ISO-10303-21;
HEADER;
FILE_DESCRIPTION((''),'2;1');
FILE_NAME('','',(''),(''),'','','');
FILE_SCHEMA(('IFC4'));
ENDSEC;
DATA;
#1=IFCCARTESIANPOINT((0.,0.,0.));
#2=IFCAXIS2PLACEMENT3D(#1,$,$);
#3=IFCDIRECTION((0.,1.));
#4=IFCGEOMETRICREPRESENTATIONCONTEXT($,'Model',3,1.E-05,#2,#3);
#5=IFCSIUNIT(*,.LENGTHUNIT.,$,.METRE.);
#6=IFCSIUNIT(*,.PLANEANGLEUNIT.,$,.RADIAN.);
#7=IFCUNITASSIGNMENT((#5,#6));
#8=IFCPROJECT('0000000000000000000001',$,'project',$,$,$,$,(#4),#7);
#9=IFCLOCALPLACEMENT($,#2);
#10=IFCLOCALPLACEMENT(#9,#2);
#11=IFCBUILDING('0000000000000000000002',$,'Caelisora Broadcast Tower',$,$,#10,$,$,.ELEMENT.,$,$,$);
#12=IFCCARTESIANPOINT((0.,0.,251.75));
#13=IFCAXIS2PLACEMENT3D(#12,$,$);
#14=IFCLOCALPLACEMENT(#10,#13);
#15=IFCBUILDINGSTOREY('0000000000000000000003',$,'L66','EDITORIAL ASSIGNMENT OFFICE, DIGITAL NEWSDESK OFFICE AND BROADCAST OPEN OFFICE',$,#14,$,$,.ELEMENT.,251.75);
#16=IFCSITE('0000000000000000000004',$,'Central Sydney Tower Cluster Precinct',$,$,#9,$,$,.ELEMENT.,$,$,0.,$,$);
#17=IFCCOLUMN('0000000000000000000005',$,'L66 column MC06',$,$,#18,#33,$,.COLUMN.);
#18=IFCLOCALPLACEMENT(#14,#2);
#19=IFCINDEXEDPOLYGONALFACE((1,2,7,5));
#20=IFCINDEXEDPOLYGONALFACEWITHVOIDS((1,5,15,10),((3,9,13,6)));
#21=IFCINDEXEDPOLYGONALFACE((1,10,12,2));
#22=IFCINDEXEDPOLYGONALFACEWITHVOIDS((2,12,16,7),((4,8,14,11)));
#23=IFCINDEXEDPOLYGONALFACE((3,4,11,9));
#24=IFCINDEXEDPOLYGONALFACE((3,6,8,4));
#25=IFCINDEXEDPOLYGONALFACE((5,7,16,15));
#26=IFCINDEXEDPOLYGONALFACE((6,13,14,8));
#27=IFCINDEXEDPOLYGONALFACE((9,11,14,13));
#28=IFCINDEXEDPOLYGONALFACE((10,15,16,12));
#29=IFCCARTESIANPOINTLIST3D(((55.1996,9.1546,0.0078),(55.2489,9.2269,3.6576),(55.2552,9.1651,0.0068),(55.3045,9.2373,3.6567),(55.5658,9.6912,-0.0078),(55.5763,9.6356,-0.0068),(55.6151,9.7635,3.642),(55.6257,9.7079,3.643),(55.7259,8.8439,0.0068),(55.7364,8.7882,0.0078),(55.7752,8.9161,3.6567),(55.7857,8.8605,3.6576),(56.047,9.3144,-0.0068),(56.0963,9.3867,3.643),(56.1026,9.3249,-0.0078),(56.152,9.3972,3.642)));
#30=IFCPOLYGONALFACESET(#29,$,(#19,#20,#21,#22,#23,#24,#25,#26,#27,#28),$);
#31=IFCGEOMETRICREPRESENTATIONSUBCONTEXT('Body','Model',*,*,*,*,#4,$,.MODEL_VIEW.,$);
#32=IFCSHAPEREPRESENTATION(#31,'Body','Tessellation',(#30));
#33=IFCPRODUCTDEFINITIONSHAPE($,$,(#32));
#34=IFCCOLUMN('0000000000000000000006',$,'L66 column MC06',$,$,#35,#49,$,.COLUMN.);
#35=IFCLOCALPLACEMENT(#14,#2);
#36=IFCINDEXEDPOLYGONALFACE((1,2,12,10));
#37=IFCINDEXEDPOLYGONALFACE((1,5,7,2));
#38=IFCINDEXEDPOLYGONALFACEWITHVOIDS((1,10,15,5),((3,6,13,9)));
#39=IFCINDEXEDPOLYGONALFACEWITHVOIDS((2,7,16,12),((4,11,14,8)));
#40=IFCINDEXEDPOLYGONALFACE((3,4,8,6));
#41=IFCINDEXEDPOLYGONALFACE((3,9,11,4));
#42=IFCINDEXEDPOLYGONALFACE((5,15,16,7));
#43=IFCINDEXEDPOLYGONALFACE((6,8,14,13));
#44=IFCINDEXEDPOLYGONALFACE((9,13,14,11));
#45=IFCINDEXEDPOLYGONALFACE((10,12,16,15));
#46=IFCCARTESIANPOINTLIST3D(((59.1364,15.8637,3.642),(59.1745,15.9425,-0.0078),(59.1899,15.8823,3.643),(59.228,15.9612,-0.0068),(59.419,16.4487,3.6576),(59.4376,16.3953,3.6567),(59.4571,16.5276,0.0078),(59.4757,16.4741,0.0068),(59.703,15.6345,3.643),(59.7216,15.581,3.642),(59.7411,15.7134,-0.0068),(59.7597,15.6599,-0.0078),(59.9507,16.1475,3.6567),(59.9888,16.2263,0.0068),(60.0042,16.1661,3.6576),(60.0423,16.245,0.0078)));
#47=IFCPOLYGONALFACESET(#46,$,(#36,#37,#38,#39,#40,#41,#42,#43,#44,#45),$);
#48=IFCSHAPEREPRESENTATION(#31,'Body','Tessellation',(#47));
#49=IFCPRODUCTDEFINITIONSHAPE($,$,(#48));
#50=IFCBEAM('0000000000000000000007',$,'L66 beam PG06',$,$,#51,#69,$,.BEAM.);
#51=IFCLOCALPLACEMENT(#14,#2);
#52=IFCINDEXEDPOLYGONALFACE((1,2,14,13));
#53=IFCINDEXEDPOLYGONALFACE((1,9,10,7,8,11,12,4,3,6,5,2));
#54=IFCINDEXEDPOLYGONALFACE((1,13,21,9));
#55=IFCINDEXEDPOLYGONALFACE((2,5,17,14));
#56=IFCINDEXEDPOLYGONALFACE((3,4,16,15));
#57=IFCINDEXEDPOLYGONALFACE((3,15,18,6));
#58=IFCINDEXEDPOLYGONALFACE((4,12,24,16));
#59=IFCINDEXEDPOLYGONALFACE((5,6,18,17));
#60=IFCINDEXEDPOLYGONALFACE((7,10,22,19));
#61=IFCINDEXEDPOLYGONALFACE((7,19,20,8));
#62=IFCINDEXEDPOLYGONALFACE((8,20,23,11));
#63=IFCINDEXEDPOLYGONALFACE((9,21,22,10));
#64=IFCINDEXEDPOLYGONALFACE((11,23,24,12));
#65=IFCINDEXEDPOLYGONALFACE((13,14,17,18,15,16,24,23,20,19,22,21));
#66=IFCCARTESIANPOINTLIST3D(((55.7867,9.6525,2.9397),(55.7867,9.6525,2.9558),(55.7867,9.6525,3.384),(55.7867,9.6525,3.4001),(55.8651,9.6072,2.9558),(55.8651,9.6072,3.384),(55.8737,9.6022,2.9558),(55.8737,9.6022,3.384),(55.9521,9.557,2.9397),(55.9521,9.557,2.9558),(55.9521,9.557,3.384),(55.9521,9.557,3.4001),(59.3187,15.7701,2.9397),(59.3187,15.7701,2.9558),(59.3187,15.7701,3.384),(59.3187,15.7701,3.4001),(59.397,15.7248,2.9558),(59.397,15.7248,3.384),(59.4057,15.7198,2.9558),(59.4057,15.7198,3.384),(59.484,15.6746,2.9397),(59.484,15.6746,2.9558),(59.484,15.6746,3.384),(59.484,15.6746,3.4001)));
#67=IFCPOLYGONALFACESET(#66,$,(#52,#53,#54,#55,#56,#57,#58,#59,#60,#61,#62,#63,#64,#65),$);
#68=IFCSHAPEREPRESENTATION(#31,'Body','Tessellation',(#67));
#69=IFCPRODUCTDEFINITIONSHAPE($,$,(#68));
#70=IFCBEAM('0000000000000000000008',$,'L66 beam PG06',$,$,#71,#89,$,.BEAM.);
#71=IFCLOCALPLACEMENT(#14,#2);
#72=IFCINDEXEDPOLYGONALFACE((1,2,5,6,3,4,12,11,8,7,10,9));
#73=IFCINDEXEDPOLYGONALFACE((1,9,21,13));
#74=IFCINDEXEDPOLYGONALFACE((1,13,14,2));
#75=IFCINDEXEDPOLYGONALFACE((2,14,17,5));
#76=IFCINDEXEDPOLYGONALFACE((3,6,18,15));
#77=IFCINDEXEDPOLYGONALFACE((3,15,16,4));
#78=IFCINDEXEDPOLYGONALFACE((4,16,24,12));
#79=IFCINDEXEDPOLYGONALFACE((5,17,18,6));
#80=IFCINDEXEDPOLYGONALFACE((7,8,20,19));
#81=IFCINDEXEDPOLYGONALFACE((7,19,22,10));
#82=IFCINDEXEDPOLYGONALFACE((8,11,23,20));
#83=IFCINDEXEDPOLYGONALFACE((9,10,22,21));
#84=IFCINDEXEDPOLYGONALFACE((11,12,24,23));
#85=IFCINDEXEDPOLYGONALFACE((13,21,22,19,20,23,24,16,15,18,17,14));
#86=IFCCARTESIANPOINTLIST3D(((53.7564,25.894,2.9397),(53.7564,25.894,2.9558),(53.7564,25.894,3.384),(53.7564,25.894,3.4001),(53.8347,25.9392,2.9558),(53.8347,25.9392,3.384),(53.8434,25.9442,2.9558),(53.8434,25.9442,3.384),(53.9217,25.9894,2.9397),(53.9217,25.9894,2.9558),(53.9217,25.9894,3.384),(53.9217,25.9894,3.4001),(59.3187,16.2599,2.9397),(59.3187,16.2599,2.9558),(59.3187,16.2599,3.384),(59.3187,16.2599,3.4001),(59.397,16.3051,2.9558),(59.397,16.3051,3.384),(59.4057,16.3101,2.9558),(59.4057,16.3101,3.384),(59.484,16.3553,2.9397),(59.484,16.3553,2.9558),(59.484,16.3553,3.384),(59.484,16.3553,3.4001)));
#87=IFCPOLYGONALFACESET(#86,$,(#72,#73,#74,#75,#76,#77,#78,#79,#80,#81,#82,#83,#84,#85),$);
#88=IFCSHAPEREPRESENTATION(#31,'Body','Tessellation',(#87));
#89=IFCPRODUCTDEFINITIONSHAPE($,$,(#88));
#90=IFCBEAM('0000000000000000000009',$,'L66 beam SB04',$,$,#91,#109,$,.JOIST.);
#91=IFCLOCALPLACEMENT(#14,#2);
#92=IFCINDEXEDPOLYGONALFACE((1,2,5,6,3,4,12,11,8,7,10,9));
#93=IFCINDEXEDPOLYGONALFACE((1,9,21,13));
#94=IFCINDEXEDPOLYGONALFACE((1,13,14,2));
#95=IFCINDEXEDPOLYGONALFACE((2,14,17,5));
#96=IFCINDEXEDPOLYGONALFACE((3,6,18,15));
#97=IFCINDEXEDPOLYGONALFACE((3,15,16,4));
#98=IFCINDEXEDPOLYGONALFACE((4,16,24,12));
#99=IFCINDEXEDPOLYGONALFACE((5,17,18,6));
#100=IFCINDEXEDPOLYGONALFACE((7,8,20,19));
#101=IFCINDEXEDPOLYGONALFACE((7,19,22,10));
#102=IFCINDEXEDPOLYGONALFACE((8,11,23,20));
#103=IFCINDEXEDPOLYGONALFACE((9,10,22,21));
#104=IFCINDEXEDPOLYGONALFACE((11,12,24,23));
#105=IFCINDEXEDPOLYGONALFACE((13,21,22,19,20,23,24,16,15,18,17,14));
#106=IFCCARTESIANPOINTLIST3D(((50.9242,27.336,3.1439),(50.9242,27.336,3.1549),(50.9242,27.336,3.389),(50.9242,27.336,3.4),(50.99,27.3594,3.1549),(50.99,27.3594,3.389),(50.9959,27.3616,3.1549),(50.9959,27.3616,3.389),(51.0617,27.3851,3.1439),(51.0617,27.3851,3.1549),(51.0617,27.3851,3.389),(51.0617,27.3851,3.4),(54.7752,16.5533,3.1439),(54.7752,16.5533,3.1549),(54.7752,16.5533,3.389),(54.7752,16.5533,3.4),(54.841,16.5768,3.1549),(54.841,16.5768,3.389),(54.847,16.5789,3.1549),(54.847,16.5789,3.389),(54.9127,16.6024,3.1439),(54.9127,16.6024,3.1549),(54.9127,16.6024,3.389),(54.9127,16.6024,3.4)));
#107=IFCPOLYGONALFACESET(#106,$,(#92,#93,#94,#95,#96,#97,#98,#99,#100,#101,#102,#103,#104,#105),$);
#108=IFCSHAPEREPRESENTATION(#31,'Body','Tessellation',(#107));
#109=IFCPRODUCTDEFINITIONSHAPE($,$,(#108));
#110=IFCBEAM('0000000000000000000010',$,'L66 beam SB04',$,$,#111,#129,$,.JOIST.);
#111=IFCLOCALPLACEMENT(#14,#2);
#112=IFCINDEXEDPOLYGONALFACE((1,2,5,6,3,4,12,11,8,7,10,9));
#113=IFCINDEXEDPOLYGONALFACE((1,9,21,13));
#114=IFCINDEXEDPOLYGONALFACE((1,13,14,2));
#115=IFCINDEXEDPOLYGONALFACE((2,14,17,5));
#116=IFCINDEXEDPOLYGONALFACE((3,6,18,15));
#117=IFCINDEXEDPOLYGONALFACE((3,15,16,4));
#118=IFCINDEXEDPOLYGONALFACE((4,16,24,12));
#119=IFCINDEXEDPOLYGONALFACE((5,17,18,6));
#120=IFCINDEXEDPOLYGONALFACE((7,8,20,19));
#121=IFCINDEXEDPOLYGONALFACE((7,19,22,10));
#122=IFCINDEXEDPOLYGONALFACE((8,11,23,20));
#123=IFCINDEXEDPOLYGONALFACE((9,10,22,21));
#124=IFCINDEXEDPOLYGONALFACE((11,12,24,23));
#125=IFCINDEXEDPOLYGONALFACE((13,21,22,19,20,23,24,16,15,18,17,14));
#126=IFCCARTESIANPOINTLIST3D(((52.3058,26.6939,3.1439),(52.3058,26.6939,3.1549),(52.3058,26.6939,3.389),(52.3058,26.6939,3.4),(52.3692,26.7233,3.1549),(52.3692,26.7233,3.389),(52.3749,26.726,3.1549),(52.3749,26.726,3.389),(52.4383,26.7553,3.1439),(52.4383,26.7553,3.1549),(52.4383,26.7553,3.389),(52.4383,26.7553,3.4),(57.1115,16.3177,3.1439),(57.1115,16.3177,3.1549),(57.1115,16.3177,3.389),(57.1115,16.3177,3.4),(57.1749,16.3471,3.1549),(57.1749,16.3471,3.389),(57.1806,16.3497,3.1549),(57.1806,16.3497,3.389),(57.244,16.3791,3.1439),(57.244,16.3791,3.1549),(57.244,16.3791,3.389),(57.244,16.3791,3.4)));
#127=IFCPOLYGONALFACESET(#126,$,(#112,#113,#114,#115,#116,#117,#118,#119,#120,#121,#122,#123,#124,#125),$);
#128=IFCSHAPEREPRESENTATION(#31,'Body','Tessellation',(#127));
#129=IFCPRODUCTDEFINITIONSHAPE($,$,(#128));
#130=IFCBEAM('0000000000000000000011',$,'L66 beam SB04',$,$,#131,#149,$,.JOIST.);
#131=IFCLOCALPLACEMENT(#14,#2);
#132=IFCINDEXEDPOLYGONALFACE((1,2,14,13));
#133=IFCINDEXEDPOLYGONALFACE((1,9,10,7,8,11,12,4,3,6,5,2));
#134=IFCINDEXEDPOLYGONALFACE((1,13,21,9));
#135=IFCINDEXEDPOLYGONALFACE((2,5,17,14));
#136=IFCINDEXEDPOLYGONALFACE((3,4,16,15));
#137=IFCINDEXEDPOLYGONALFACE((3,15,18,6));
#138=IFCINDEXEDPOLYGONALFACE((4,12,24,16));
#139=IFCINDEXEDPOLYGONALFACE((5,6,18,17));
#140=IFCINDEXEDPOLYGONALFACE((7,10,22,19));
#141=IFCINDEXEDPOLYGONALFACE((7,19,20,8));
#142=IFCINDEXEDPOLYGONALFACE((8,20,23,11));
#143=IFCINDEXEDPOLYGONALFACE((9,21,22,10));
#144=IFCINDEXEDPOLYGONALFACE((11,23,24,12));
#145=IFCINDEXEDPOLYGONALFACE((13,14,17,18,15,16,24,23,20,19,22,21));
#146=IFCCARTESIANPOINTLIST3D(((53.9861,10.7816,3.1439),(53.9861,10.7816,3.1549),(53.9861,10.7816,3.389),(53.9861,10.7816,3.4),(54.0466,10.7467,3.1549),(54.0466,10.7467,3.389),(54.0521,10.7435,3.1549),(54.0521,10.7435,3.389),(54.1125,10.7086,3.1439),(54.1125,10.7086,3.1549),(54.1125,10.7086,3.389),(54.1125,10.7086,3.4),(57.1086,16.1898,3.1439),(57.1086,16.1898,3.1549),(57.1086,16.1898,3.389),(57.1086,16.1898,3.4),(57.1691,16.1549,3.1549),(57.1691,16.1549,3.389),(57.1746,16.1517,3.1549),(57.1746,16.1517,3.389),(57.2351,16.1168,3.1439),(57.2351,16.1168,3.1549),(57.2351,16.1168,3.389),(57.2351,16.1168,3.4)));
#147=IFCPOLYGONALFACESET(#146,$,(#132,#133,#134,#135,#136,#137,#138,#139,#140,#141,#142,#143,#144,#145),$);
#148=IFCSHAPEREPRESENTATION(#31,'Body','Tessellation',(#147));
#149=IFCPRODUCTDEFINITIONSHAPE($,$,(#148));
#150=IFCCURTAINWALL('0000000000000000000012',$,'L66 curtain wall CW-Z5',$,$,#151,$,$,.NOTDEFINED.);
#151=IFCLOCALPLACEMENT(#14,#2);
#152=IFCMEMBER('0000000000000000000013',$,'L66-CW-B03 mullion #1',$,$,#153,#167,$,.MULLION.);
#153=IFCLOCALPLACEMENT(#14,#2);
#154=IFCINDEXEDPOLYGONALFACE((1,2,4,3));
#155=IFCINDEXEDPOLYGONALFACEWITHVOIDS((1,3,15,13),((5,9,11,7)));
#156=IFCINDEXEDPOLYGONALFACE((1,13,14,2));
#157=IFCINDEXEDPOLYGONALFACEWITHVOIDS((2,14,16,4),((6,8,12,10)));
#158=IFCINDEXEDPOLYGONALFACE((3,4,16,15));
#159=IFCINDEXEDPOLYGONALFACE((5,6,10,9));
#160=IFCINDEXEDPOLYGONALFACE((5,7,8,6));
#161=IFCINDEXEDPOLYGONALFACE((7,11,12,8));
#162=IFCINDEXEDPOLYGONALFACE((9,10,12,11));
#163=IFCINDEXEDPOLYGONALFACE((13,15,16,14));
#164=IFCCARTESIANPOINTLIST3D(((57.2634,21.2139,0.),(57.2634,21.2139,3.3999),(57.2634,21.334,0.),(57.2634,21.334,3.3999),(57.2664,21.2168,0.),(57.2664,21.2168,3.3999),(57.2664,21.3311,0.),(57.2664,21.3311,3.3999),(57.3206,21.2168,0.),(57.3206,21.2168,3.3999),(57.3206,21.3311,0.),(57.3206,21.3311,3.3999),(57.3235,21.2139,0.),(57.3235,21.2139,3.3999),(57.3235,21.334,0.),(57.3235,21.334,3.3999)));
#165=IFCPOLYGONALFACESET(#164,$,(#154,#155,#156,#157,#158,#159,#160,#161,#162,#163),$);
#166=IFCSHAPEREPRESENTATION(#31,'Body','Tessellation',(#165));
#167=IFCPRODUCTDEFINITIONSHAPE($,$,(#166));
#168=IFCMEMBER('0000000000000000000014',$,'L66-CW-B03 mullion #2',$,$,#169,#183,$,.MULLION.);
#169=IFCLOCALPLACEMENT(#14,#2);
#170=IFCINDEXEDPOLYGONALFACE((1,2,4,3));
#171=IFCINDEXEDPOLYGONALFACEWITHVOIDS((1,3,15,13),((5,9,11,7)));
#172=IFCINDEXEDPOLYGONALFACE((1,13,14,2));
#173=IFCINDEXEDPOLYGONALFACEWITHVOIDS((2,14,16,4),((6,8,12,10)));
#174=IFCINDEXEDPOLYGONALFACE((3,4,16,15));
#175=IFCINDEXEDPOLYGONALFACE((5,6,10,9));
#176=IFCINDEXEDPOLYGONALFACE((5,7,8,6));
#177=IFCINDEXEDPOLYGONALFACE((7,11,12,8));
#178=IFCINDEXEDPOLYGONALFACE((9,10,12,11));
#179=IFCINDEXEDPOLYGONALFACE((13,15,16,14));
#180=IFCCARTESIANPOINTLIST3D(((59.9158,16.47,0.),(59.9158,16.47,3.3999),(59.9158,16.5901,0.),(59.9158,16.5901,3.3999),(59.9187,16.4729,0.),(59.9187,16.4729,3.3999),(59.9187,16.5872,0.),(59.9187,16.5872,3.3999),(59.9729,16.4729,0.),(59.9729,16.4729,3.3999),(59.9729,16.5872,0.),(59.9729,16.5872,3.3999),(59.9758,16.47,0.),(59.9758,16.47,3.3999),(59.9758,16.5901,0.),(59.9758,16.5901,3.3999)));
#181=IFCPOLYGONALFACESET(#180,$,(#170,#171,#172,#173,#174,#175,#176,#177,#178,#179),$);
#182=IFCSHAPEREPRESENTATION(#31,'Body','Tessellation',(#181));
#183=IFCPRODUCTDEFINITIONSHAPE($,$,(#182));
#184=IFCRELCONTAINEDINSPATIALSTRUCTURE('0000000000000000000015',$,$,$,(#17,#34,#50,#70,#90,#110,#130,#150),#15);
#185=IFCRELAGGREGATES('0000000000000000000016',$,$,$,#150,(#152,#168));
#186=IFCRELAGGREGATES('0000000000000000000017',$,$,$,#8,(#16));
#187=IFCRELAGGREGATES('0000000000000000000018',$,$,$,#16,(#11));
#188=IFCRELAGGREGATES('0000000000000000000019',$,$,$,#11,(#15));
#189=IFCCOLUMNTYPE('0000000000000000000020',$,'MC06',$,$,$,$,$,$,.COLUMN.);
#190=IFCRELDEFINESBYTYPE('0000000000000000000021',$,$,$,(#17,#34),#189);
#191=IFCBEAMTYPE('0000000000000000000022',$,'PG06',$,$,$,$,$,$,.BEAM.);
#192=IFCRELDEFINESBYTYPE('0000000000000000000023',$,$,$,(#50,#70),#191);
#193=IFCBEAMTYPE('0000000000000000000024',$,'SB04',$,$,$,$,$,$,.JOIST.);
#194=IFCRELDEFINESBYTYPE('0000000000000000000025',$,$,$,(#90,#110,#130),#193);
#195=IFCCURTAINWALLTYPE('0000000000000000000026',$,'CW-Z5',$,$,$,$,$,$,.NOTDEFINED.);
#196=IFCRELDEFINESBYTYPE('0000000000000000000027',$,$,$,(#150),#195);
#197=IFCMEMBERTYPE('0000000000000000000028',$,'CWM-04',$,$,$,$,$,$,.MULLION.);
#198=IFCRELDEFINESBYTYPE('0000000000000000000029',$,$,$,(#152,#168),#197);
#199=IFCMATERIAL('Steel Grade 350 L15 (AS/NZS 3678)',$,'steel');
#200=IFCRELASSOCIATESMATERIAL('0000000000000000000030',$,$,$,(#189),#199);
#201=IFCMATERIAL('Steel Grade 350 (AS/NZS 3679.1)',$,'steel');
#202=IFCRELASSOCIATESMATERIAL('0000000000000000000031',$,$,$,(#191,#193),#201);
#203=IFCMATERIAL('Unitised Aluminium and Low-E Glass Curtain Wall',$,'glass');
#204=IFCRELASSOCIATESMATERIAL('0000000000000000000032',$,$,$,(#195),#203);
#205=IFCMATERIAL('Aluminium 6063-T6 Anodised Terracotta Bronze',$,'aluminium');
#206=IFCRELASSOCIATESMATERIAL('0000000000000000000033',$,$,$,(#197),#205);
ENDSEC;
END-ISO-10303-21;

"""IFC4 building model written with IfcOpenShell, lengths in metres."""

from ifc_helpers import new_model, si_unit, direction, frame, origin, origin_2d, place, context, subcontext, project, spatial, hollow_rectangle, i_section, extrude, source, transform, mapped, material, material_profile, profile_set, type_object, type_shapes, element, aggregate, save


model = new_model("IFC4")

# Units and contexts
model_context = context("Model", 3, precision=1e-05, world=origin(), true_north=direction((0.0, 1.0)))
body_context = subcontext(model_context, "Body", "Model", "MODEL_VIEW")
ifc_project = project(units=[si_unit("LENGTHUNIT", "METRE"), si_unit("PLANEANGLEUNIT", "RADIAN")], contexts=[model_context])

# Site, building, storey
site_placement = place(None, origin())
site = spatial("IfcSite", under=ifc_project, at=site_placement, Name="Central Sydney Tower Cluster Precinct", CompositionType="ELEMENT", RefElevation=0.0)
building_placement = place(site_placement, origin())
building = spatial("IfcBuilding", under=site, at=building_placement, Name="Caelisora Broadcast Tower", CompositionType="ELEMENT")
storey_placement = place(building_placement, frame((0.0, 0.0, 251.75)))
storey = spatial("IfcBuildingStorey", under=building, at=storey_placement, Name="L66", Description="EDITORIAL ASSIGNMENT OFFICE, DIGITAL NEWSDESK OFFICE AND BROADCAST OPEN OFFICE", CompositionType="ELEMENT", Elevation=251.75)

# Columns
ifc_material_1 = material(Name="Steel Grade 350 L15 (AS/NZS 3678)", Category="steel")
ifc_material_profile_1 = material_profile(ifc_material_1, hollow_rectangle(XDim=0.6499, YDim=0.6499, WallThickness=0.04, at=origin_2d()), Name="Steel Grade 350 L15 (AS/NZS 3678)")
ifc_profile_set_1 = profile_set([ifc_material_profile_1], Name="Steel Grade 350 L15 (AS/NZS 3678)")
column_type = type_object("IfcColumnType", Name="MC06", PredefinedType="COLUMN", material=ifc_profile_set_1)
shared_shape_1 = source(origin(), body_context, "Body", "SweptSolid", [
    extrude(hollow_rectangle(XDim=0.6499, YDim=0.6499, WallThickness=0.04, at=origin_2d()), origin(), (0.0, 0.0, 1.0), 3.6509),
])
type_shapes(column_type, [shared_shape_1])
for number, where, z_axis, x_axis, name in (
    (1, (55.6511, 9.2397, 0.0), (0.013508, 0.019794, 0.999713), (-0.825991, 0.563683, 0.0), "L66 column MC06"),
    (2, (59.6084, 16.0938, 0.0), (-0.010432, -0.021599, 0.999712), (0.900476, -0.434905, 0.0), "L66 column MC06"),
):
    element("IfcColumn", number, at=place(storey_placement, frame(where, z_axis=z_axis, x_axis=x_axis)), inside=storey, type_object=column_type, Name=name, PredefinedType="COLUMN", context=body_context, shape_type="MappedRepresentation", body=[
        mapped(shared_shape_1, transform((0.0, 0.0, 0.0), scale=1.0)),
    ])

# Beams
ifc_material_2 = material(Name="Steel Grade 350 (AS/NZS 3679.1)", Category="steel")
ifc_material_profile_2 = material_profile(ifc_material_2, i_section(OverallWidth=0.1909, OverallDepth=0.4604, WebThickness=0.01, FlangeThickness=0.0161, at=origin_2d()), Name="Steel Grade 350 (AS/NZS 3679.1)")
ifc_profile_set_2 = profile_set([ifc_material_profile_2], Name="Steel Grade 350 (AS/NZS 3679.1)")
beam_type_1 = type_object("IfcBeamType", Name="PG06", PredefinedType="BEAM", material=ifc_profile_set_2)
shared_shape_2 = source(origin(), body_context, "Body", "SweptSolid", [
    extrude(i_section(OverallWidth=0.1909, OverallDepth=0.4604, WebThickness=0.01, FlangeThickness=0.0161, at=origin_2d()), origin(), (0.0, 0.0, 1.0), 7.064),
])
beam_1_placement = place(storey_placement, frame((55.8694, 9.6047, 3.1699), z_axis=(0.499994, 0.866029, 0.0), x_axis=(-0.866029, 0.499994, 0.0)))
element("IfcBeam", 3, at=beam_1_placement, inside=storey, type_object=beam_type_1, Name="L66 beam PG06", PredefinedType="BEAM", context=body_context, shape_type="MappedRepresentation", body=[
    mapped(shared_shape_2, transform((0.0, 0.0, 0.0), scale=1.0)),
])
shared_shape_3 = source(origin(), body_context, "Body", "SweptSolid", [
    extrude(i_section(OverallWidth=0.1909, OverallDepth=0.4604, WebThickness=0.01, FlangeThickness=0.0161, at=origin_2d()), origin(), (0.0, 0.0, 1.0), 11.1245),
])
type_shapes(beam_type_1, [shared_shape_2, shared_shape_3])
beam_2_placement = place(storey_placement, frame((59.4014, 16.3076, 3.1699), z_axis=(-0.500003, 0.866024, 0.0), x_axis=(-0.866024, -0.500003, 0.0)))
element("IfcBeam", 4, at=beam_2_placement, inside=storey, type_object=beam_type_1, Name="L66 beam PG06", PredefinedType="BEAM", context=body_context, shape_type="MappedRepresentation", body=[
    mapped(shared_shape_3, transform((0.0, 0.0, 0.0), scale=1.0)),
])
ifc_material_profile_3 = material_profile(ifc_material_2, i_section(OverallWidth=0.146, OverallDepth=0.2561, WebThickness=0.0063, FlangeThickness=0.011, at=origin_2d()), Name="Steel Grade 350 (AS/NZS 3679.1)")
ifc_profile_set_3 = profile_set([ifc_material_profile_3], Name="Steel Grade 350 (AS/NZS 3679.1)")
beam_type_2 = type_object("IfcBeamType", Name="SB04", PredefinedType="JOIST", material=ifc_profile_set_3)
shared_shape_4 = source(origin(), body_context, "Body", "SweptSolid", [
    extrude(i_section(OverallWidth=0.146, OverallDepth=0.2561, WebThickness=0.0063, FlangeThickness=0.011, at=origin_2d()), origin(), (0.0, 0.0, 1.0), 11.4497),
])
beam_3_placement = place(storey_placement, frame((54.844, 16.5779, 3.272), z_axis=(-0.336345, 0.941739, 0.0), x_axis=(-0.941739, -0.336345, 0.0)))
element("IfcBeam", 5, at=beam_3_placement, inside=storey, type_object=beam_type_2, Name="L66 beam SB04", PredefinedType="JOIST", context=body_context, shape_type="MappedRepresentation", body=[
    mapped(shared_shape_4, transform((0.0, 0.0, 0.0), scale=1.0)),
])
shared_shape_5 = source(origin(), body_context, "Body", "SweptSolid", [
    extrude(i_section(OverallWidth=0.146, OverallDepth=0.2561, WebThickness=0.0063, FlangeThickness=0.011, at=origin_2d()), origin(), (0.0, 0.0, 1.0), 11.4351),
])
beam_4_placement = place(storey_placement, frame((57.1777, 16.3484, 3.272), z_axis=(-0.420257, 0.907405, 0.0), x_axis=(-0.907405, -0.420257, 0.0)))
element("IfcBeam", 6, at=beam_4_placement, inside=storey, type_object=beam_type_2, Name="L66 beam SB04", PredefinedType="JOIST", context=body_context, shape_type="MappedRepresentation", body=[
    mapped(shared_shape_5, transform((0.0, 0.0, 0.0), scale=1.0)),
])
shared_shape_6 = source(origin(), body_context, "Body", "SweptSolid", [
    extrude(i_section(OverallWidth=0.146, OverallDepth=0.2561, WebThickness=0.0063, FlangeThickness=0.011, at=origin_2d()), origin(), (0.0, 0.0, 1.0), 6.2449),
])
type_shapes(beam_type_2, [shared_shape_4, shared_shape_5, shared_shape_6])
beam_5_placement = place(storey_placement, frame((54.0493, 10.7451, 3.272), z_axis=(0.500016, 0.866016, 0.0), x_axis=(-0.866016, 0.500016, 0.0)))
element("IfcBeam", 7, at=beam_5_placement, inside=storey, type_object=beam_type_2, Name="L66 beam SB04", PredefinedType="JOIST", context=body_context, shape_type="MappedRepresentation", body=[
    mapped(shared_shape_6, transform((0.0, 0.0, 0.0), scale=1.0)),
])

# Curtain wall, members
ifc_material_3 = material(Name="Unitised Aluminium and Low-E Glass Curtain Wall", Category="glass")
curtain_wall_type = type_object("IfcCurtainWallType", Name="CW-Z5", PredefinedType="NOTDEFINED", material=ifc_material_3)
curtain_wall_1_placement = place(storey_placement, origin())
curtain_wall_1 = element("IfcCurtainWall", 8, at=curtain_wall_1_placement, inside=storey, type_object=curtain_wall_type, Name="L66 curtain wall CW-Z5", PredefinedType="NOTDEFINED")
ifc_material_4 = material(Name="Aluminium 6063-T6 Anodised Terracotta Bronze", Category="aluminium")
ifc_material_profile_4 = material_profile(ifc_material_4, hollow_rectangle(XDim=0.0601, YDim=0.1201, WallThickness=0.0029, at=origin_2d()), Name="Aluminium 6063-T6 Anodised Terracotta Bronze")
ifc_profile_set_4 = profile_set([ifc_material_profile_4], Name="Aluminium 6063-T6 Anodised Terracotta Bronze")
member_type_1 = type_object("IfcMemberType", Name="CWM-04", PredefinedType="MULLION", material=ifc_profile_set_4)
shared_shape_7 = source(origin(), body_context, "Body", "SweptSolid", [
    extrude(hollow_rectangle(XDim=0.0601, YDim=0.1201, WallThickness=0.0029, at=origin_2d()), origin(), (0.0, 0.0, 1.0), 3.3999),
])
type_shapes(member_type_1, [shared_shape_7])
member_1_placement = place(storey_placement, frame((57.2935, 21.2739, 0.0), z_axis=(0.0, 0.0, 1.0), x_axis=(1.0, 0.0, 0.0)))
member_1 = element("IfcMember", 9, at=member_1_placement, type_object=member_type_1, Name="L66-CW-B03 mullion #1", PredefinedType="MULLION", context=body_context, shape_type="MappedRepresentation", body=[
    mapped(shared_shape_7, transform((0.0, 0.0, 0.0), scale=1.0)),
])
member_2_placement = place(storey_placement, frame((59.9458, 16.53, 0.0), z_axis=(0.0, 0.0, 1.0), x_axis=(1.0, 0.0, 0.0)))
member_2 = element("IfcMember", 10, at=member_2_placement, type_object=member_type_1, Name="L66-CW-B03 mullion #2", PredefinedType="MULLION", context=body_context, shape_type="MappedRepresentation", body=[
    mapped(shared_shape_7, transform((0.0, 0.0, 0.0), scale=1.0)),
])

aggregate(curtain_wall_1, [member_1, member_2])

save(model, "model.ifc")
